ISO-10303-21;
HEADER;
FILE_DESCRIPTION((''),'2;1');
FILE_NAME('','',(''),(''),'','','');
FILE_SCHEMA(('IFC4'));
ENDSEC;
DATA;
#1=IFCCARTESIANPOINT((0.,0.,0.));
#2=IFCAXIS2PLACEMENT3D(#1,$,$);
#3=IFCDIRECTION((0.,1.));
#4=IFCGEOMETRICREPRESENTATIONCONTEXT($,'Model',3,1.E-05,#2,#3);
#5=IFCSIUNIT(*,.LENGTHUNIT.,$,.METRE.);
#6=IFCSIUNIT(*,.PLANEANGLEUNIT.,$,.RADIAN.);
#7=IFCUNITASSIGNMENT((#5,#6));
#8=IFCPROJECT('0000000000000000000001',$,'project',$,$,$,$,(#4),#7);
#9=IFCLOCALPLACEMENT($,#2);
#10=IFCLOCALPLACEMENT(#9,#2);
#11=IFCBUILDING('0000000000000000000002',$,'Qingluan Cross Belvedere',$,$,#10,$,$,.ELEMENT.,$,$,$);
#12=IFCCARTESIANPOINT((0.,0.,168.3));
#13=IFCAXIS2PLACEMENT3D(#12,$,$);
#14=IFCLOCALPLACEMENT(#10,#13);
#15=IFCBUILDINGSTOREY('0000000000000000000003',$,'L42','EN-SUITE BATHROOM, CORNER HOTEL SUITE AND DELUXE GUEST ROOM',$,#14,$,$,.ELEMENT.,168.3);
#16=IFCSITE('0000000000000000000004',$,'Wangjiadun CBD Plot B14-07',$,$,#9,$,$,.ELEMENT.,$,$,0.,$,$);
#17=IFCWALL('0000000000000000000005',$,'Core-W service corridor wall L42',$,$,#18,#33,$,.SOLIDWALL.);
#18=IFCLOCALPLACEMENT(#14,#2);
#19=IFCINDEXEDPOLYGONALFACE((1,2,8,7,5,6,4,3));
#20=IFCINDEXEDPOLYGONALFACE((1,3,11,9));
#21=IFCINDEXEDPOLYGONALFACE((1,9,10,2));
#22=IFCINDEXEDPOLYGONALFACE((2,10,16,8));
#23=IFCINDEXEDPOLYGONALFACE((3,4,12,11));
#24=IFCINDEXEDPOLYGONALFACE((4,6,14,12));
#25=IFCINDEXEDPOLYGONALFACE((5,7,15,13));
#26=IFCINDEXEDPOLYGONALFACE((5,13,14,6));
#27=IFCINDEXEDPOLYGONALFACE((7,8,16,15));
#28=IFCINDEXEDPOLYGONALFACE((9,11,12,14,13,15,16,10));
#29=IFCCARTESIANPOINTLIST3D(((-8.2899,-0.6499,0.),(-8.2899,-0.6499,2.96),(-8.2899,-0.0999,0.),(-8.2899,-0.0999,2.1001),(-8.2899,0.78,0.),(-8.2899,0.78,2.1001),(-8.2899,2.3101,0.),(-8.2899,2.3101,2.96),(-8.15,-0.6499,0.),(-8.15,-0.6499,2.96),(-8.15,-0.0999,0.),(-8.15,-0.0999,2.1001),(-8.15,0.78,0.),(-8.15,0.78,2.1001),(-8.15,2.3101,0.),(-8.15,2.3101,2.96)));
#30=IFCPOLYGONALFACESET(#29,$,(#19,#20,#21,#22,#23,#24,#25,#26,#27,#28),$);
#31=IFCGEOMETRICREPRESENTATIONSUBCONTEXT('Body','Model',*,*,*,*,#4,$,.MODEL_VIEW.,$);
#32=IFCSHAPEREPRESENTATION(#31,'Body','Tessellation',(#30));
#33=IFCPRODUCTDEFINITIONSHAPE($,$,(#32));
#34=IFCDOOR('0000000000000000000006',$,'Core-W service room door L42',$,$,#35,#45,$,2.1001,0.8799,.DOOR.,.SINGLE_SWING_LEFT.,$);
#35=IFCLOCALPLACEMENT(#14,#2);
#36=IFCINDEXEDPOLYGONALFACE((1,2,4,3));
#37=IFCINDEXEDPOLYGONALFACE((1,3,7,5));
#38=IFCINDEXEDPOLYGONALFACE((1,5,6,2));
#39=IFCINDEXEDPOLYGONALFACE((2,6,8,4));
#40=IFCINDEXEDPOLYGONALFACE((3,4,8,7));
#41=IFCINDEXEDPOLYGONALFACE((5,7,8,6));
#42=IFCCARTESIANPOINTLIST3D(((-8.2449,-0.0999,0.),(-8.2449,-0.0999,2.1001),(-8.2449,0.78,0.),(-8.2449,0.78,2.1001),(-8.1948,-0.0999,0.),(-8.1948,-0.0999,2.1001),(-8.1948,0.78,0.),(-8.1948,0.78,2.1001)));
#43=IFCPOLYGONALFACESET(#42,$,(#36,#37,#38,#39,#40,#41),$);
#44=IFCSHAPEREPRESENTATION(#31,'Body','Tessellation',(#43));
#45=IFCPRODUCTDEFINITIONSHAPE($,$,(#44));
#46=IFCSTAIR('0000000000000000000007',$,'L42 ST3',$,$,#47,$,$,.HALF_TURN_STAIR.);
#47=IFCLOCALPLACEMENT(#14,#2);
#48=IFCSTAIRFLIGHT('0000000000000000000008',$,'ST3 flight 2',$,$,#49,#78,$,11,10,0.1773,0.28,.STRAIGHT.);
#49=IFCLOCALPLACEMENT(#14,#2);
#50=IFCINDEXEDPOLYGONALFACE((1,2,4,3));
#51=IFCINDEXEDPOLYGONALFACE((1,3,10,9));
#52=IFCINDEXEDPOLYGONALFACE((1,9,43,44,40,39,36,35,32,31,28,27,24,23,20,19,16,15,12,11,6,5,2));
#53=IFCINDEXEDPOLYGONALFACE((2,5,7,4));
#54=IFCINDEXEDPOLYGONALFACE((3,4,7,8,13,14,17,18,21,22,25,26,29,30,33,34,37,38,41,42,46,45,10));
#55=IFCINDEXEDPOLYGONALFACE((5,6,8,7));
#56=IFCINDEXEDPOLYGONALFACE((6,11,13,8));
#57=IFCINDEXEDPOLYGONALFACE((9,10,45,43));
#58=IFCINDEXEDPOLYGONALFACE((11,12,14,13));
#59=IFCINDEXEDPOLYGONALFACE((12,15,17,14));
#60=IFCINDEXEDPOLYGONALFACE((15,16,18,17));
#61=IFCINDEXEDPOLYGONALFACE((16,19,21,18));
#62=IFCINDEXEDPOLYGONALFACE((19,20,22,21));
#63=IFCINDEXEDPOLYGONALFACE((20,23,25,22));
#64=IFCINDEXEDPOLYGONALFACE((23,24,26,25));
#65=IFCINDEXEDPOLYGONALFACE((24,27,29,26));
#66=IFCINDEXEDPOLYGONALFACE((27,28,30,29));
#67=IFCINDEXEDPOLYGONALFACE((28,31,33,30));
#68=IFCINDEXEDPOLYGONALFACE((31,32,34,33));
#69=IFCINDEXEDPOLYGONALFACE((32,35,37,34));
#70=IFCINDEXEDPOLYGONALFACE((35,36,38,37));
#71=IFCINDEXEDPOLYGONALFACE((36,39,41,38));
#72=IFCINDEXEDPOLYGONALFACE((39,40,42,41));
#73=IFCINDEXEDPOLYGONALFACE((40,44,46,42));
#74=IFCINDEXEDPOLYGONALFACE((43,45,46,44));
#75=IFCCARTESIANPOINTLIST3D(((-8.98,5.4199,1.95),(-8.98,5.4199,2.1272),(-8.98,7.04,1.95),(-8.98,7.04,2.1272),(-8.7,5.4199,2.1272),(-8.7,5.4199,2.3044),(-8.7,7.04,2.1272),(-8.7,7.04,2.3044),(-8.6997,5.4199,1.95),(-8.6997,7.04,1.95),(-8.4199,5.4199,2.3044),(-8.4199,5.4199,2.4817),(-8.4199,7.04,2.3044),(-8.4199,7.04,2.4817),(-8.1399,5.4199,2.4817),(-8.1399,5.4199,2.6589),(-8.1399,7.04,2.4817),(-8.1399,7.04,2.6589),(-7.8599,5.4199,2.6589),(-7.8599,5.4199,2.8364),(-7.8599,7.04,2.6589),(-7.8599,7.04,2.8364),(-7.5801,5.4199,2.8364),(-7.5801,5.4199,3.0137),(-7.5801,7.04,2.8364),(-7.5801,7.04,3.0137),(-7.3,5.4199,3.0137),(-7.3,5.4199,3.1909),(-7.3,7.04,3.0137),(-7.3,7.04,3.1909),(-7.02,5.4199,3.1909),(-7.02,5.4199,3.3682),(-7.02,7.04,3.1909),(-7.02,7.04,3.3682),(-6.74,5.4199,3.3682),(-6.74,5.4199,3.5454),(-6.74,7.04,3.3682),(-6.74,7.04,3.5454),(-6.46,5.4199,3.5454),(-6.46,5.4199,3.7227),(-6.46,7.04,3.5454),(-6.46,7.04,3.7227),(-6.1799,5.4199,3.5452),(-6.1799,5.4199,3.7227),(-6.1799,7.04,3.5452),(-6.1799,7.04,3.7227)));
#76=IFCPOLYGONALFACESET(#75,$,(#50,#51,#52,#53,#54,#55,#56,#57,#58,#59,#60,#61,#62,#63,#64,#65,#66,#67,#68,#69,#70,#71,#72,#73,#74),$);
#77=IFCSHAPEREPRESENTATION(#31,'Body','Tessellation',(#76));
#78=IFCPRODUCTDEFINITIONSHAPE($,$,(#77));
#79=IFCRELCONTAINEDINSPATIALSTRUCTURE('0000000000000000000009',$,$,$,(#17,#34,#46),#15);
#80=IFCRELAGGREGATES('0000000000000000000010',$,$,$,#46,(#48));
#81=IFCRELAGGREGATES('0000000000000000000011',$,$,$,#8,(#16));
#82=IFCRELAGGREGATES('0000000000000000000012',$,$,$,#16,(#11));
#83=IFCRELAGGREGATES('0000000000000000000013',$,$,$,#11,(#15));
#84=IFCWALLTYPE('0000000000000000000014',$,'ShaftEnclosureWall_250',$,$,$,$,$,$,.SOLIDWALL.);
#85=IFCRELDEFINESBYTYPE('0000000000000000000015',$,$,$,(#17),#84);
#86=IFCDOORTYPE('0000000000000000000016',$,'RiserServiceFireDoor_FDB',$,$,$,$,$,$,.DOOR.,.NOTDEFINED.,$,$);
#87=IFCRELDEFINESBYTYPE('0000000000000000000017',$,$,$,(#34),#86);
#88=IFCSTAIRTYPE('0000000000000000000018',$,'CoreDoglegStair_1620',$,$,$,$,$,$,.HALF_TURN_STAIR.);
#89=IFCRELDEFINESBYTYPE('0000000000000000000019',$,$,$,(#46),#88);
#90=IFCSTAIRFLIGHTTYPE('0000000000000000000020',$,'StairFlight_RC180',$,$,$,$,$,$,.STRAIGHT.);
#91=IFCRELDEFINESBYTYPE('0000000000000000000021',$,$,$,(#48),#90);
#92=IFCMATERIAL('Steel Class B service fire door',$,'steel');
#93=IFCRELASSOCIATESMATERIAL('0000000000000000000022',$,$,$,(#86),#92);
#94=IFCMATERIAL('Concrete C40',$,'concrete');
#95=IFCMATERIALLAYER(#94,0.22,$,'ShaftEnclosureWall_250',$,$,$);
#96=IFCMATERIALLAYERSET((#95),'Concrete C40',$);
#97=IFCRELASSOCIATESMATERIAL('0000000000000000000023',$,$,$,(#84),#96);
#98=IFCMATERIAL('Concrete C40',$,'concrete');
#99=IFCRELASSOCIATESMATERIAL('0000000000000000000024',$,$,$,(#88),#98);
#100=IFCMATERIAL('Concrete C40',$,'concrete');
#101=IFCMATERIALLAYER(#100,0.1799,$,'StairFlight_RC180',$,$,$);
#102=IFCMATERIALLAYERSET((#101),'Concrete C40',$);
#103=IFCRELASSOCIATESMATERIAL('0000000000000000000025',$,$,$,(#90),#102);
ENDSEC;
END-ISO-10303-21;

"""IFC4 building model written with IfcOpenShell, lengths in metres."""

from ifc_helpers import new_model, si_unit, direction, frame, frame_2d, origin, place, context, subcontext, project, spatial, polyline, rectangle, outline, extrude, material, layer, layer_set, type_object, element, fill, aggregate, save


model = new_model("IFC4")

# Units and contexts
model_context = context("Model", 3, precision=1e-05, world=origin(), true_north=direction((0.0, 1.0)))
body_context = subcontext(model_context, "Body", "Model", "MODEL_VIEW")
ifc_project = project(units=[si_unit("LENGTHUNIT", "METRE"), si_unit("PLANEANGLEUNIT", "RADIAN")], contexts=[model_context])

# Site, building, storey
site_placement = place(None, origin())
site = spatial("IfcSite", under=ifc_project, at=site_placement, Name="Wangjiadun CBD Plot B14-07", CompositionType="ELEMENT", RefElevation=0.0)
building_placement = place(site_placement, origin())
building = spatial("IfcBuilding", under=site, at=building_placement, Name="Qingluan Cross Belvedere", CompositionType="ELEMENT")
storey_placement = place(building_placement, frame((0.0, 0.0, 168.3)))
storey = spatial("IfcBuildingStorey", under=building, at=storey_placement, Name="L42", Description="EN-SUITE BATHROOM, CORNER HOTEL SUITE AND DELUXE GUEST ROOM", CompositionType="ELEMENT", Elevation=168.3)

# Shared definitions
ifc_material_1 = material(Name="Steel Class B service fire door", Category="steel")
door_type_1 = type_object("IfcDoorType", Name="RiserServiceFireDoor_FDB", OperationType="NOTDEFINED", PredefinedType="DOOR", material=ifc_material_1)

# Shared definitions
ifc_material_2 = material(Name="Concrete C40", Category="concrete")
ifc_layer_1 = layer(ifc_material_2, 0.22, Name="ShaftEnclosureWall_250")
ifc_layer_set_1 = layer_set([ifc_layer_1], Name="Concrete C40")
wall_type_1 = type_object("IfcWallType", Name="ShaftEnclosureWall_250", PredefinedType="SOLIDWALL", material=ifc_layer_set_1)

# Wall, opening, door
wall_1_placement = place(storey_placement, frame((-8.22, -0.6499, 0.0), z_axis=(0.0, 0.0, 1.0), x_axis=(0.0, 1.0, 0.0)))
wall_1 = element("IfcWall", 1, at=wall_1_placement, inside=storey, type_object=wall_type_1, Name="Core-W service corridor wall L42", PredefinedType="SOLIDWALL", context=body_context, shape_type="SweptSolid", body=[
    extrude(rectangle(XDim=2.96, YDim=0.1399, at=frame_2d((1.48, 0.0))), origin(), (0.0, 0.0, 1.0), 2.96),
])
opening_1_placement = place(wall_1_placement, frame((0.55, 0.0, 0.0)))
opening_1 = element("IfcOpeningElement", 2, at=opening_1_placement, cuts=wall_1, PredefinedType="OPENING", context=body_context, shape_type="SweptSolid", body=[
    extrude(rectangle(XDim=0.8799, YDim=2.1001, at=frame_2d((0.4399, 1.05))), frame((0.0, 0.0798, 0.0), z_axis=(0.0, -1.0, 0.0), x_axis=(1.0, 0.0, 0.0)), (0.0, 0.0, 1.0), 0.1599),
])
door_1_placement = place(opening_1_placement, origin())
door_1 = element("IfcDoor", 3, at=door_1_placement, inside=storey, type_object=door_type_1, Name="Core-W service room door L42", OperationType="SINGLE_SWING_LEFT", OverallHeight=2.1001, OverallWidth=0.8799, PredefinedType="DOOR", context=body_context, shape_type="SweptSolid", body=[
    extrude(rectangle(XDim=0.8799, YDim=2.1001, at=frame_2d((0.4399, 1.05))), frame((0.0, 0.0249, 0.0), z_axis=(0.0, -1.0, 0.0), x_axis=(1.0, 0.0, 0.0)), (0.0, 0.0, 1.0), 0.05),
])
fill(opening_1, door_1)

# Stair, stair flight
ifc_material_3 = material(Name="Concrete C40", Category="concrete")
stair_type = type_object("IfcStairType", Name="CoreDoglegStair_1620", PredefinedType="HALF_TURN_STAIR", material=ifc_material_3)
stair_placement = place(storey_placement, origin())
stair = element("IfcStair", 4, at=stair_placement, inside=storey, type_object=stair_type, Name="L42 ST3", PredefinedType="HALF_TURN_STAIR")
ifc_material_4 = material(Name="Concrete C40", Category="concrete")
ifc_layer_2 = layer(ifc_material_4, 0.1799, Name="StairFlight_RC180")
ifc_layer_set_2 = layer_set([ifc_layer_2], Name="Concrete C40")
stair_flight_type = type_object("IfcStairFlightType", Name="StairFlight_RC180", PredefinedType="STRAIGHT", material=ifc_layer_set_2)
stair_flight_placement = place(storey_placement, frame((-8.98, 6.23, 1.95), z_axis=(0.0, 0.0, 1.0), x_axis=(1.0, 0.0, 0.0)))
stair_flight = element("IfcStairFlight", 5, at=stair_flight_placement, type_object=stair_flight_type, Name="ST3 flight 2", NumberOfRisers=11, NumberOfTreads=10, PredefinedType="STRAIGHT", RiserHeight=0.1773, TreadLength=0.28, context=body_context, shape_type="SweptSolid", body=[
    extrude(outline(polyline([(0.0, 0.0), (0.0, 0.1772), (0.28, 0.1772), (0.28, 0.3545), (0.5601, 0.3545), (0.5601, 0.5317), (0.8401, 0.5317), (0.8401, 0.709), (1.1201, 0.709), (1.1201, 0.8865), (1.3999, 0.8865), (1.3999, 1.0637), (1.6799, 1.0637), (1.6799, 1.241), (1.96, 1.241), (1.96, 1.4182), (2.24, 1.4182), (2.24, 1.5955), (2.52, 1.5955), (2.52, 1.7727), (2.8, 1.7727), (2.8, 1.95), (2.8, 1.5952), (0.2803, 0.0), (0.0, 0.0)])), frame((0.0, 0.8101, 0.0), z_axis=(0.0, -1.0, 0.0), x_axis=(1.0, 0.0, 0.0)), (0.0, 0.0, 1.0), 1.6201),
])
aggregate(stair, [stair_flight])

save(model, "model.ifc")
